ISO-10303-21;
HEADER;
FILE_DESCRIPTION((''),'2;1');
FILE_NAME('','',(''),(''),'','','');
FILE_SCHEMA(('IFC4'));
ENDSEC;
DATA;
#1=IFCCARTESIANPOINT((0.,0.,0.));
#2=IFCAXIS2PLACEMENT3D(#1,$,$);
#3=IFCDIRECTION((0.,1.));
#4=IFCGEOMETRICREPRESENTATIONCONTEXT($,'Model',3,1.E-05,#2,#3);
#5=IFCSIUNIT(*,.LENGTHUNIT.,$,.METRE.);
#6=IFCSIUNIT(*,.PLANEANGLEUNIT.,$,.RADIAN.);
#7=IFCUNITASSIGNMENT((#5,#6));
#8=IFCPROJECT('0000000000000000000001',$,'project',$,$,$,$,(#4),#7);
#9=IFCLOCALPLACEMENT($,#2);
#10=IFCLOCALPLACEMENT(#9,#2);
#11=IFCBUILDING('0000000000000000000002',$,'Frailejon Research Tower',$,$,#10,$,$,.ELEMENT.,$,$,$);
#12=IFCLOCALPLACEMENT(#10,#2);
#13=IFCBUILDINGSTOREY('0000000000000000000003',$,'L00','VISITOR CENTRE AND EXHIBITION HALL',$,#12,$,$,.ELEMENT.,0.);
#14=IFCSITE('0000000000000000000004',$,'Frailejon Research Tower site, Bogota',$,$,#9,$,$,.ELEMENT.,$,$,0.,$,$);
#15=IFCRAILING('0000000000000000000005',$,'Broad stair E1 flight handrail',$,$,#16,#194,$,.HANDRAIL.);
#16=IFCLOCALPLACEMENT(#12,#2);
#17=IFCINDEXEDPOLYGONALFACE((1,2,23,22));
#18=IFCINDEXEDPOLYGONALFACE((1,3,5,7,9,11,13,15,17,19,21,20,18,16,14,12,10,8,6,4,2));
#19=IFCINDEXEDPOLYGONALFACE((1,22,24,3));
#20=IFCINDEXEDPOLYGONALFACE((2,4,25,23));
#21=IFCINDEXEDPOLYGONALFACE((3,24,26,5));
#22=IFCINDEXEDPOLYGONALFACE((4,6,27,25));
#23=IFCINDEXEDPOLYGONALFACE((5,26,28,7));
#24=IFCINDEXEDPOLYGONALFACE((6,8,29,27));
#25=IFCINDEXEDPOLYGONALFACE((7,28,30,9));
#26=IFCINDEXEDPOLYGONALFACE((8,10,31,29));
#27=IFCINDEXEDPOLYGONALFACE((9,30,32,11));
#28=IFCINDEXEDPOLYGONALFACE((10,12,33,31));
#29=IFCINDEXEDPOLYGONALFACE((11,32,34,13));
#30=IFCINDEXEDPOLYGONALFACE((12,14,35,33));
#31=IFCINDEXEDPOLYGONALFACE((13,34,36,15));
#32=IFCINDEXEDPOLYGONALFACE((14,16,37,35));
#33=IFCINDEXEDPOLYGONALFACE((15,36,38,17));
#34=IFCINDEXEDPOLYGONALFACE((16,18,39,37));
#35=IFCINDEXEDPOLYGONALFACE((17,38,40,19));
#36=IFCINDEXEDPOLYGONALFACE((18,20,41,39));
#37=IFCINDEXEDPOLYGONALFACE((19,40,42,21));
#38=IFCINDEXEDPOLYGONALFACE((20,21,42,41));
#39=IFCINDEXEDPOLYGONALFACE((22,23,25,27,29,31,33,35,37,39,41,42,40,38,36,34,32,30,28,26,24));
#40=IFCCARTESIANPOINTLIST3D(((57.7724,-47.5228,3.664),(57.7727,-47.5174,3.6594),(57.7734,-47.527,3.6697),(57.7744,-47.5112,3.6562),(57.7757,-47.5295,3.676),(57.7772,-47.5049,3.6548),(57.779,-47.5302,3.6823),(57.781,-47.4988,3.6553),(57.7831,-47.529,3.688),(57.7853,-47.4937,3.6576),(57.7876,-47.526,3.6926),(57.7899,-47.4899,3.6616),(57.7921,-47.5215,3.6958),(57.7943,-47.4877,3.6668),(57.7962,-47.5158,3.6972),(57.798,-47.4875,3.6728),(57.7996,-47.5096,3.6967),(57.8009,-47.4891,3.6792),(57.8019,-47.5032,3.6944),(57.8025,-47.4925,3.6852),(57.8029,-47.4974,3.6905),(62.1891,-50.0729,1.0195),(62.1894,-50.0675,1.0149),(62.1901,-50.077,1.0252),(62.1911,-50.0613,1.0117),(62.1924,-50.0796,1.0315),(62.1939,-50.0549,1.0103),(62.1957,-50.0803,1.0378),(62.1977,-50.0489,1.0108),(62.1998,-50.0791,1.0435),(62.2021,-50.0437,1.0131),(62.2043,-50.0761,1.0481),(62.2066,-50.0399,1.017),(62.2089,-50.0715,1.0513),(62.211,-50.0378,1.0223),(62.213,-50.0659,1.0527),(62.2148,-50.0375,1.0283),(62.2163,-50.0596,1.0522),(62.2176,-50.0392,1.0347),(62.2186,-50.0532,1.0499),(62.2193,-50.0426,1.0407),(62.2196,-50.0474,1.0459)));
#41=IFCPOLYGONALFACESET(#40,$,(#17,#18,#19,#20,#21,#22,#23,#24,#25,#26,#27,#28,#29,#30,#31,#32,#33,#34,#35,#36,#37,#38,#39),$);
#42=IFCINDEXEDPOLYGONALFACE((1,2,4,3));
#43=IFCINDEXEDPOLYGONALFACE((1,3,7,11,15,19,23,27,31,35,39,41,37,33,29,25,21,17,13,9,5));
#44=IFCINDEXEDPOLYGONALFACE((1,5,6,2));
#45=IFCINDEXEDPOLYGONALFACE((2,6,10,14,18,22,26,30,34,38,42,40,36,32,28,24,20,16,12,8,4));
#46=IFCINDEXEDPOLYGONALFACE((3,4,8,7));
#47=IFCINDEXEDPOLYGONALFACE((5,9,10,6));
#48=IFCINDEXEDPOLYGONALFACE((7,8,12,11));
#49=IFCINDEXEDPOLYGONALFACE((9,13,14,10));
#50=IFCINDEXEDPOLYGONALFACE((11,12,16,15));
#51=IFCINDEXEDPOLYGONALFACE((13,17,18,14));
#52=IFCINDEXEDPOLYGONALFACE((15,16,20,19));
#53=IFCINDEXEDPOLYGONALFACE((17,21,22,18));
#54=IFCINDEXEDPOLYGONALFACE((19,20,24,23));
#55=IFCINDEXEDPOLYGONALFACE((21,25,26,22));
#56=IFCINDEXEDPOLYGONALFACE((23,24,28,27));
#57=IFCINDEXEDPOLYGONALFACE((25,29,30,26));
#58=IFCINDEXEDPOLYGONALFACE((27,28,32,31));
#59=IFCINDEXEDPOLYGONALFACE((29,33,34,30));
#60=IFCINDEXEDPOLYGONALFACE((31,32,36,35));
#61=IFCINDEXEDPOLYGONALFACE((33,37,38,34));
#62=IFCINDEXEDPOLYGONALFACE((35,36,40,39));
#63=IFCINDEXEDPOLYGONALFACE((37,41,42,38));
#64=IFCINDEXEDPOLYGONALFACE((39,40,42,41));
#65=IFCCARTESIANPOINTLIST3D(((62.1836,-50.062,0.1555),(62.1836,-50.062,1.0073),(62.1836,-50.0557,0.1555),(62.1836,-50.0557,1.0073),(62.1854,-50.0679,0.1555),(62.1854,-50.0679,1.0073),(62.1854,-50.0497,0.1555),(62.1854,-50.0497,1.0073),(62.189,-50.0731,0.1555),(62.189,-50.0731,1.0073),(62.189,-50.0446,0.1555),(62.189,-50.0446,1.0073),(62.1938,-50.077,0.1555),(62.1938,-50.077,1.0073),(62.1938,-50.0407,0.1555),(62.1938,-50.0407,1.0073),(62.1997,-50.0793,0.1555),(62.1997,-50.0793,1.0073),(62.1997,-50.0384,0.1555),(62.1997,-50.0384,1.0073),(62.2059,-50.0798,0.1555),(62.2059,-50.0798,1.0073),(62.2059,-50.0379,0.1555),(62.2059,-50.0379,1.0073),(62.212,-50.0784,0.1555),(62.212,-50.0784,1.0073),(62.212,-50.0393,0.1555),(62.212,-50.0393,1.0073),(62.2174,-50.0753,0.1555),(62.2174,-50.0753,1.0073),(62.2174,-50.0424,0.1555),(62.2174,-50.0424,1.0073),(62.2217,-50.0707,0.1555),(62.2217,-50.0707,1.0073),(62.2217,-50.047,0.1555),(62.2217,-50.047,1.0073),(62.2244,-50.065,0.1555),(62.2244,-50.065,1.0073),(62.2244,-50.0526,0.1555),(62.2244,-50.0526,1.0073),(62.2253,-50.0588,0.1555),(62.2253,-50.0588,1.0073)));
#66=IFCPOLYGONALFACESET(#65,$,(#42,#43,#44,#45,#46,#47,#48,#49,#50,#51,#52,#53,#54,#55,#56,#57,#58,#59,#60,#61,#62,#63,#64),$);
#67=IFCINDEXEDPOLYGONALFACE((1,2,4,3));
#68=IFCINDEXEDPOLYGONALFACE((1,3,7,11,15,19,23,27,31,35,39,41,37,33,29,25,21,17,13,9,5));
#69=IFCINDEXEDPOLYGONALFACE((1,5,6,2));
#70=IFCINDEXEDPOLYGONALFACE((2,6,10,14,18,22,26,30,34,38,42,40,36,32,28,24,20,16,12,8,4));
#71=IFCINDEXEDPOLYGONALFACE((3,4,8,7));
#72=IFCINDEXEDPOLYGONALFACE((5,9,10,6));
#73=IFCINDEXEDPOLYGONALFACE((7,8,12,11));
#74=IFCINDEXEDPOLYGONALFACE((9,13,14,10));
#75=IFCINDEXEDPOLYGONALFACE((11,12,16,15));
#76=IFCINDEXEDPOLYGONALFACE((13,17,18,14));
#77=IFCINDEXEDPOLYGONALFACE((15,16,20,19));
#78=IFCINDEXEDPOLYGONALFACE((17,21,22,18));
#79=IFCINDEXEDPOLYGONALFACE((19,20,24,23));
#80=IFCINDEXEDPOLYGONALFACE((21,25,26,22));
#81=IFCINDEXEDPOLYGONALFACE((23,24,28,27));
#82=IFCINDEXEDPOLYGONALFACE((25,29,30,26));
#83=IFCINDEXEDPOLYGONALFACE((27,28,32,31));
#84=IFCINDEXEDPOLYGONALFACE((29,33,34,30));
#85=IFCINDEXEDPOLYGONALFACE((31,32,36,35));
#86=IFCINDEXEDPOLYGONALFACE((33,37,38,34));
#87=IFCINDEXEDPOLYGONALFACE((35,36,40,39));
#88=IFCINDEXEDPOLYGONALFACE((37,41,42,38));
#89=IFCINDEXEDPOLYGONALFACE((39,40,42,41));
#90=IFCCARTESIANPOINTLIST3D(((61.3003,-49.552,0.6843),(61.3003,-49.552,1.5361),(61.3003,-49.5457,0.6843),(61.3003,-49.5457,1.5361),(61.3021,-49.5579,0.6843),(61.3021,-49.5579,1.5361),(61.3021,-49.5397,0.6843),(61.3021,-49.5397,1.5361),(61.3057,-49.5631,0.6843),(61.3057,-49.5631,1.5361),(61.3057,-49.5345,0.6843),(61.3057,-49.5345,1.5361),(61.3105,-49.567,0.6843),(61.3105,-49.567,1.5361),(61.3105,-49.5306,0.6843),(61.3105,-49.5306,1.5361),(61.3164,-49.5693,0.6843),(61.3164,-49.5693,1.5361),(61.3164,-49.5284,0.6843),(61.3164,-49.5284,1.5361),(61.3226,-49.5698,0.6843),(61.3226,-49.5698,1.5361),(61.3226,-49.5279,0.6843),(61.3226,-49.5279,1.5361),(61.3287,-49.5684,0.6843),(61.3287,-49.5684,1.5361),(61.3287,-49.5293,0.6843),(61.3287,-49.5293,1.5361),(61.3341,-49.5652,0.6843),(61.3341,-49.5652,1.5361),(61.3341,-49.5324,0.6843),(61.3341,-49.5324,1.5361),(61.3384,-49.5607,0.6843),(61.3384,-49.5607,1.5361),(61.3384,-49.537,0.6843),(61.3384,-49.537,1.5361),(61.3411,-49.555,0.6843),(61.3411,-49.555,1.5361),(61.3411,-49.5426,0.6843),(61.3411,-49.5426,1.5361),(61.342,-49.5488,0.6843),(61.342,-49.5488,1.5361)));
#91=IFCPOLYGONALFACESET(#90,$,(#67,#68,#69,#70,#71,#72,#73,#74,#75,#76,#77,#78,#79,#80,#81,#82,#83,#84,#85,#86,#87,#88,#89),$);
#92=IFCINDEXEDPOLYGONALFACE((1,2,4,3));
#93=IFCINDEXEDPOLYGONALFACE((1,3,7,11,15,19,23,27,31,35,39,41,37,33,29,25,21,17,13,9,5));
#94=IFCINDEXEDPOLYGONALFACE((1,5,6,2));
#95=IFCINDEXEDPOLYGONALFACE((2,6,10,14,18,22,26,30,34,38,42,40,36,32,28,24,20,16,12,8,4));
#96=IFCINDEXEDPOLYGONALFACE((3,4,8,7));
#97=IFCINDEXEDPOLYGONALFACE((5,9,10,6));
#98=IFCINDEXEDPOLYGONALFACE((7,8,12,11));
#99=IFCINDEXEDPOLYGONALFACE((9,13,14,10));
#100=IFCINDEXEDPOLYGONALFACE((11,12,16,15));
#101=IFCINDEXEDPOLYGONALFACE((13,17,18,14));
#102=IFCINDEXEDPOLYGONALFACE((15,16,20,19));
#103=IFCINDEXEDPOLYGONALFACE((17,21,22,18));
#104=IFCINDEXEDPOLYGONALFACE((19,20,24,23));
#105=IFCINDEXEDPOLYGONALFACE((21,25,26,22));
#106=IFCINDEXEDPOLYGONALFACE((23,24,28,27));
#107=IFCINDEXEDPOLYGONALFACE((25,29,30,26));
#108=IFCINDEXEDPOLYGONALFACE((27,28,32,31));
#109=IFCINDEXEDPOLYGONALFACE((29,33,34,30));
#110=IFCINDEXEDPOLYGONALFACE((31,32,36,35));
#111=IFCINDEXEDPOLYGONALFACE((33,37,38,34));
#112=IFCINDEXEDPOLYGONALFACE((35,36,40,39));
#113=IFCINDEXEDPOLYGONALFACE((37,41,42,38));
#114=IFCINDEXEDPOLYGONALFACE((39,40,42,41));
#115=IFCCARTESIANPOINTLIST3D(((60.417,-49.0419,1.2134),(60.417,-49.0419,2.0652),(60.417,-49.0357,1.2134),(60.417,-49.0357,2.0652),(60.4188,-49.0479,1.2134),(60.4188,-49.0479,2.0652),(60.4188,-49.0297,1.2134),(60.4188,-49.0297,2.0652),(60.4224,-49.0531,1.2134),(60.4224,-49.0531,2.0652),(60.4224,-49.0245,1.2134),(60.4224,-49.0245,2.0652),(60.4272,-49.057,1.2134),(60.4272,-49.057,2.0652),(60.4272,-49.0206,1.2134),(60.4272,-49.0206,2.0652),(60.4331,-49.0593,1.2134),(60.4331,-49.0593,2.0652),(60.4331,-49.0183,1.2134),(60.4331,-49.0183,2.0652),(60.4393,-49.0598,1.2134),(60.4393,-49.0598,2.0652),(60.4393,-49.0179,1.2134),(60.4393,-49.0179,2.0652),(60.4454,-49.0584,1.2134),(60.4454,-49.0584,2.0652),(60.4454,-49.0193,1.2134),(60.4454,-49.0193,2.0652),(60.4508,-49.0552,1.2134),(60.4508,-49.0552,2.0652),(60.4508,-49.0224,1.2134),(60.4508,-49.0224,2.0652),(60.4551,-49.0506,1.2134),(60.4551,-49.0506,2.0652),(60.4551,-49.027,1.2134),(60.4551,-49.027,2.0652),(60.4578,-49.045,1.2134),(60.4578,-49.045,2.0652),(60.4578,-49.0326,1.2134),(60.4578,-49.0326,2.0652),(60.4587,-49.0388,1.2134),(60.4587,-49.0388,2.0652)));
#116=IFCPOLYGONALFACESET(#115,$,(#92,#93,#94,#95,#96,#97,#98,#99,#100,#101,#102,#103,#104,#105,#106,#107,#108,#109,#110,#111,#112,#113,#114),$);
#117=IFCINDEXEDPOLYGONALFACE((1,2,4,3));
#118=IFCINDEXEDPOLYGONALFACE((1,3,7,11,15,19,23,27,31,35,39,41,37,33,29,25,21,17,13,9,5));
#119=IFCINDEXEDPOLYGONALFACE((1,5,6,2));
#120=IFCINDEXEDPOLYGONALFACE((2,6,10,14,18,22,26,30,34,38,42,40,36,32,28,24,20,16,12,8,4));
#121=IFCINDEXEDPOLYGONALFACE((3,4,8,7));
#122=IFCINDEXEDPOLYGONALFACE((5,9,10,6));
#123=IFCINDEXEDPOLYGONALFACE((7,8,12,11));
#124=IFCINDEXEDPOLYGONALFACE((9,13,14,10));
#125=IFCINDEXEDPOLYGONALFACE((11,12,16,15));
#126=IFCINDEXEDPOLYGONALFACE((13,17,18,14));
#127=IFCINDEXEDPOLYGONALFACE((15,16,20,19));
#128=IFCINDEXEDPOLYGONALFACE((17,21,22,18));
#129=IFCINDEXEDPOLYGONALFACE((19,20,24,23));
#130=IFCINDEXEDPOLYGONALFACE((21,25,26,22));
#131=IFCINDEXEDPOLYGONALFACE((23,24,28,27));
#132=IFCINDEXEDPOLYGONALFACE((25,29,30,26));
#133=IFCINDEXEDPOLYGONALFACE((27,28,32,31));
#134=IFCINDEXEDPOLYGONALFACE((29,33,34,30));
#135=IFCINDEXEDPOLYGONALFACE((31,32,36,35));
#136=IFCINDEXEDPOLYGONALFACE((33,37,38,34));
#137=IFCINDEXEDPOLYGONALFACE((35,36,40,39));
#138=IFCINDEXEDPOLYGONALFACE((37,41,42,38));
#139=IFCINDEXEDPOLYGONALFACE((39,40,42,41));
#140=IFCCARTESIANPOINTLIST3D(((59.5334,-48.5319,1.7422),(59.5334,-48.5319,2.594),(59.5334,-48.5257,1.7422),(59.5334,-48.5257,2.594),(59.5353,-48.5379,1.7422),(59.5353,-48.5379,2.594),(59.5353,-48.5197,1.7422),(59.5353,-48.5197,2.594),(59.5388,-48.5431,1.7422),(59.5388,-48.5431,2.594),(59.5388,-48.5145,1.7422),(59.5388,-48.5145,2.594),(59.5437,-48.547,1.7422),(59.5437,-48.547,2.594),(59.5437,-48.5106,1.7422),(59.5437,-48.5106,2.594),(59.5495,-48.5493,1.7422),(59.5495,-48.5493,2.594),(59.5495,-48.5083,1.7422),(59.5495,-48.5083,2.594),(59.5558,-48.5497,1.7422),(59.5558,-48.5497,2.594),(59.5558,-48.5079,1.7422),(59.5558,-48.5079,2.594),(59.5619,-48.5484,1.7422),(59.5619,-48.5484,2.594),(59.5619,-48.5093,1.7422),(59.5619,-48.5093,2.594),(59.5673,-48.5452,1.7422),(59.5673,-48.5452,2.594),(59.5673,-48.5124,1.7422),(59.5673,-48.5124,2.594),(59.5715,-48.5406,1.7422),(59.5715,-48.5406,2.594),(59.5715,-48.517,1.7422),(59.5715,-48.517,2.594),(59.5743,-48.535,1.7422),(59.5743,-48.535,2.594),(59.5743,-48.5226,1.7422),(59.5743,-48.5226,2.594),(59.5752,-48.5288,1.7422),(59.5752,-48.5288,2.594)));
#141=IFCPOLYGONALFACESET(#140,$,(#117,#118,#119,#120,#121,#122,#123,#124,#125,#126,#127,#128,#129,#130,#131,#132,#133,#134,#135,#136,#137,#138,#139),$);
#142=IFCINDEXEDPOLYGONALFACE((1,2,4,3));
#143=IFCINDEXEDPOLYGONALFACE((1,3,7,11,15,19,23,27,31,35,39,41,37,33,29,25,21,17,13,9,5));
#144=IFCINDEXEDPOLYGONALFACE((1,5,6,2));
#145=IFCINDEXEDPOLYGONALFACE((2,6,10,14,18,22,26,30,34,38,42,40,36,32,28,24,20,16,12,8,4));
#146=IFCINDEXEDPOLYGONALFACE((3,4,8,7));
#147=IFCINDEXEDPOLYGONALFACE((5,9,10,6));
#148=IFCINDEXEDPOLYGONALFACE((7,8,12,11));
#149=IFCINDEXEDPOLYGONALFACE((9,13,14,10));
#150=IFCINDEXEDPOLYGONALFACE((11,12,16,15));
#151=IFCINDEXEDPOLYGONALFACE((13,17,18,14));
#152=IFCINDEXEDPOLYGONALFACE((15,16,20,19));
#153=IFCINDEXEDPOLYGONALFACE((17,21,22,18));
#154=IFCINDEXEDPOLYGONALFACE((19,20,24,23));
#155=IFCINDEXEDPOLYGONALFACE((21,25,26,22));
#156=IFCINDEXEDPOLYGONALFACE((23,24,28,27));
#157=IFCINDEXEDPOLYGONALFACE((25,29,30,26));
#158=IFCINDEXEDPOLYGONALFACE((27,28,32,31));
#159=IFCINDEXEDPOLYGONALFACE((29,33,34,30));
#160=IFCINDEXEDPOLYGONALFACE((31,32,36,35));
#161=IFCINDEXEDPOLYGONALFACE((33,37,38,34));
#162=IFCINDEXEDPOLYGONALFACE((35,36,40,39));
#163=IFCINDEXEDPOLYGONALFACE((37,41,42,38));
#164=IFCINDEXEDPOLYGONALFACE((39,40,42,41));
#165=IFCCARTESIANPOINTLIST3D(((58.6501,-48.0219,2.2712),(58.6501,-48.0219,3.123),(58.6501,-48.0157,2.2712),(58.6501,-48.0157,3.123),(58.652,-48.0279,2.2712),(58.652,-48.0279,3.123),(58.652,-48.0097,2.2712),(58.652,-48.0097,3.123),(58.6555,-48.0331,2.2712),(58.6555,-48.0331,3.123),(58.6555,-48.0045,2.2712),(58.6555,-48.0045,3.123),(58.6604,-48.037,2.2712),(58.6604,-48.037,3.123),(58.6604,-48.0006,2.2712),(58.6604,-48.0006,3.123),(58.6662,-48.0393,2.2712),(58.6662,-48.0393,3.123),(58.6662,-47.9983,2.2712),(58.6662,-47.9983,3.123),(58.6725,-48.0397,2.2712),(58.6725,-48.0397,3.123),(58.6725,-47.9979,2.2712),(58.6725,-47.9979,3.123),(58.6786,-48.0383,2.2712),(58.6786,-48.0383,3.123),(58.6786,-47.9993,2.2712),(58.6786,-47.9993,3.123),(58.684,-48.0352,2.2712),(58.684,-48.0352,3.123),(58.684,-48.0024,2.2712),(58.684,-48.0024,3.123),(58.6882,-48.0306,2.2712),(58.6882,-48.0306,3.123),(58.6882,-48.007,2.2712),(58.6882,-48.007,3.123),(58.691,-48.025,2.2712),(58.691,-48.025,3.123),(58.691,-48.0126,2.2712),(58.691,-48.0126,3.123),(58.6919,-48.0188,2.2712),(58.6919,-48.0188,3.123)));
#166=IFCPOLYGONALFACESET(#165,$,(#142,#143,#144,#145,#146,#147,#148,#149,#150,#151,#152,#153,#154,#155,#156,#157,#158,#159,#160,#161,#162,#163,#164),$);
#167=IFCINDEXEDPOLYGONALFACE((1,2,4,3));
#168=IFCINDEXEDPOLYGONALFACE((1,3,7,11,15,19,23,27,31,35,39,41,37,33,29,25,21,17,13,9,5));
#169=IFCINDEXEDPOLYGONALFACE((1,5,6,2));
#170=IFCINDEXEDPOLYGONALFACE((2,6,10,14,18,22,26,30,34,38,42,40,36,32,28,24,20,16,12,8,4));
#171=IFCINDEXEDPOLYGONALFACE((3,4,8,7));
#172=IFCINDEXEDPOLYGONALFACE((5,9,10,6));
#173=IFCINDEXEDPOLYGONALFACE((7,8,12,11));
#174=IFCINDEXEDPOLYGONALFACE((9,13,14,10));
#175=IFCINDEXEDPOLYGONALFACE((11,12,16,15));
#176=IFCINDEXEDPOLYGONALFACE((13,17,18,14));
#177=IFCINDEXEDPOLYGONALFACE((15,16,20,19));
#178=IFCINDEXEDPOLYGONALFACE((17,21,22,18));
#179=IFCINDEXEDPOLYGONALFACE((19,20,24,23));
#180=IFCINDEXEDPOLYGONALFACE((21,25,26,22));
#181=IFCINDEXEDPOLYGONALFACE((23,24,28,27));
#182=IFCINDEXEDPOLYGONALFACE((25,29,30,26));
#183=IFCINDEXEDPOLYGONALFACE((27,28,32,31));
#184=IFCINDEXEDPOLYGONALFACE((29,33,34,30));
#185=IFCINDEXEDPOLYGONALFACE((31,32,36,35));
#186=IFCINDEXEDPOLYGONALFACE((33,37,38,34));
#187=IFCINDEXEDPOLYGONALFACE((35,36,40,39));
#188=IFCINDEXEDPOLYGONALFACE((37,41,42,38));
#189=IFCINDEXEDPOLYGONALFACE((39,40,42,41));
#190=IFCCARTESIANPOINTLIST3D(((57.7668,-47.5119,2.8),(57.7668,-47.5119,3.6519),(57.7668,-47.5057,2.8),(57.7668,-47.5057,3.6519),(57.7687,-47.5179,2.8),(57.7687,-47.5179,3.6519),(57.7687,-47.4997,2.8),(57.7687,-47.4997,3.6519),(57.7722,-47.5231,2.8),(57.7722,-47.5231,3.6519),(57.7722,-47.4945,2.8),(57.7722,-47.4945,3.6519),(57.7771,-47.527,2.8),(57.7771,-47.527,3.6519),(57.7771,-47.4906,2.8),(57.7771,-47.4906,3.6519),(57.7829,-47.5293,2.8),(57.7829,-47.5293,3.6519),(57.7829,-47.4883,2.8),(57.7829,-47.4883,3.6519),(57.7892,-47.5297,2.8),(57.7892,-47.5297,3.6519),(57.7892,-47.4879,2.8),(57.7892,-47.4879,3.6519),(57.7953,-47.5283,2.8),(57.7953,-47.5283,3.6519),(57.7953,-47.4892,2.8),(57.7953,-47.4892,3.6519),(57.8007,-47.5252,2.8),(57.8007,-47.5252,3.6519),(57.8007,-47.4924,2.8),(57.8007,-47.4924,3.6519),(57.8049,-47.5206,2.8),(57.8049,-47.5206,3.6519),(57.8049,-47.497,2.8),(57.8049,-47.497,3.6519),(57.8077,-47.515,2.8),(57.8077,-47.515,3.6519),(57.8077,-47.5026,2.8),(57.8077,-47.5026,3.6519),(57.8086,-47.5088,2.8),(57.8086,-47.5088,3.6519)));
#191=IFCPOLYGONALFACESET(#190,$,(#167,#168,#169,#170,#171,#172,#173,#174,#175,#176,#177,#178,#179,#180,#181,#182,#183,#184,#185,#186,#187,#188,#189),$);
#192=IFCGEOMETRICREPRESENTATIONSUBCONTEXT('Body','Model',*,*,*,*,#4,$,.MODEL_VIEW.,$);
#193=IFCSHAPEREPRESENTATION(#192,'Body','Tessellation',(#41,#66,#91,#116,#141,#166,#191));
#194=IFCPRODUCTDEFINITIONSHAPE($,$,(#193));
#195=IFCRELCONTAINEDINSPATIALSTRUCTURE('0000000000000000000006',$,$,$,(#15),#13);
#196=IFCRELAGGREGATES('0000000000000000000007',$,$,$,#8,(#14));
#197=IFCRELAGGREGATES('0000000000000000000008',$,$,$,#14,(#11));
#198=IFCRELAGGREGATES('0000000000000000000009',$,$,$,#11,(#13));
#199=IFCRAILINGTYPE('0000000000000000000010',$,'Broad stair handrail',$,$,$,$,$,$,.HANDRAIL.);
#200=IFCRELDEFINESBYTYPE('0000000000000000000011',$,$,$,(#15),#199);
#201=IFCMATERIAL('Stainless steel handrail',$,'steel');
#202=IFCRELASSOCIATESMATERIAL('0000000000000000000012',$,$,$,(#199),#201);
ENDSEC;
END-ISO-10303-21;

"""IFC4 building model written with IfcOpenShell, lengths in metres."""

from ifc_helpers import new_model, si_unit, direction, frame, origin, origin_2d, place, context, subcontext, project, spatial, circle, extrude, material, type_object, element, save


model = new_model("IFC4")

# Units and contexts
model_context = context("Model", 3, precision=1e-05, world=origin(), true_north=direction((0.0, 1.0)))
body_context = subcontext(model_context, "Body", "Model", "MODEL_VIEW")
ifc_project = project(units=[si_unit("LENGTHUNIT", "METRE"), si_unit("PLANEANGLEUNIT", "RADIAN")], contexts=[model_context])

# Site, building, storey
site_placement = place(None, origin())
site = spatial("IfcSite", under=ifc_project, at=site_placement, Name="Frailejon Research Tower site, Bogota", CompositionType="ELEMENT", RefElevation=0.0)
building_placement = place(site_placement, origin())
building = spatial("IfcBuilding", under=site, at=building_placement, Name="Frailejon Research Tower", CompositionType="ELEMENT")
storey_placement = place(building_placement, origin())
storey = spatial("IfcBuildingStorey", under=building, at=storey_placement, Name="L00", Description="VISITOR CENTRE AND EXHIBITION HALL", CompositionType="ELEMENT", Elevation=0.0)

# Railing
ifc_material_1 = material(Name="Stainless steel handrail", Category="steel")
railing_type_1 = type_object("IfcRailingType", Name="Broad stair handrail", PredefinedType="HANDRAIL", material=ifc_material_1)
for number, where, name in (
    (1, (62.2043, -50.0588, 0.1555), "Broad stair E1 flight handrail"),
):
    element("IfcRailing", number, at=place(storey_placement, frame(where)), inside=storey, type_object=railing_type_1, Name=name, PredefinedType="HANDRAIL", context=body_context, shape_type="SweptSolid", body=[
        extrude(circle(Radius=0.0239, at=origin_2d()), frame((0.0, 0.0, 0.876), z_axis=(-0.768811, 0.44388, 0.460326), x_axis=(-0.500006, -0.866022, 0.0)), (0.0, 0.0, 1.0), 5.7449),
        extrude(circle(Radius=0.021, at=origin_2d()), origin(), (0.0, 0.0, 1.0), 0.8518),
        extrude(circle(Radius=0.021, at=origin_2d()), frame((-0.8833, 0.51, 0.5288)), (0.0, 0.0, 1.0), 0.8518),
        extrude(circle(Radius=0.021, at=origin_2d()), frame((-1.7666, 1.02, 1.0579)), (0.0, 0.0, 1.0), 0.8518),
        extrude(circle(Radius=0.021, at=origin_2d()), frame((-2.6501, 1.53, 1.5867)), (0.0, 0.0, 1.0), 0.8518),
        extrude(circle(Radius=0.021, at=origin_2d()), frame((-3.5334, 2.04, 2.1157)), (0.0, 0.0, 1.0), 0.8518),
        extrude(circle(Radius=0.021, at=origin_2d()), frame((-4.4167, 2.55, 2.6445)), (0.0, 0.0, 1.0), 0.8518),
    ])

save(model, "model.ifc")
